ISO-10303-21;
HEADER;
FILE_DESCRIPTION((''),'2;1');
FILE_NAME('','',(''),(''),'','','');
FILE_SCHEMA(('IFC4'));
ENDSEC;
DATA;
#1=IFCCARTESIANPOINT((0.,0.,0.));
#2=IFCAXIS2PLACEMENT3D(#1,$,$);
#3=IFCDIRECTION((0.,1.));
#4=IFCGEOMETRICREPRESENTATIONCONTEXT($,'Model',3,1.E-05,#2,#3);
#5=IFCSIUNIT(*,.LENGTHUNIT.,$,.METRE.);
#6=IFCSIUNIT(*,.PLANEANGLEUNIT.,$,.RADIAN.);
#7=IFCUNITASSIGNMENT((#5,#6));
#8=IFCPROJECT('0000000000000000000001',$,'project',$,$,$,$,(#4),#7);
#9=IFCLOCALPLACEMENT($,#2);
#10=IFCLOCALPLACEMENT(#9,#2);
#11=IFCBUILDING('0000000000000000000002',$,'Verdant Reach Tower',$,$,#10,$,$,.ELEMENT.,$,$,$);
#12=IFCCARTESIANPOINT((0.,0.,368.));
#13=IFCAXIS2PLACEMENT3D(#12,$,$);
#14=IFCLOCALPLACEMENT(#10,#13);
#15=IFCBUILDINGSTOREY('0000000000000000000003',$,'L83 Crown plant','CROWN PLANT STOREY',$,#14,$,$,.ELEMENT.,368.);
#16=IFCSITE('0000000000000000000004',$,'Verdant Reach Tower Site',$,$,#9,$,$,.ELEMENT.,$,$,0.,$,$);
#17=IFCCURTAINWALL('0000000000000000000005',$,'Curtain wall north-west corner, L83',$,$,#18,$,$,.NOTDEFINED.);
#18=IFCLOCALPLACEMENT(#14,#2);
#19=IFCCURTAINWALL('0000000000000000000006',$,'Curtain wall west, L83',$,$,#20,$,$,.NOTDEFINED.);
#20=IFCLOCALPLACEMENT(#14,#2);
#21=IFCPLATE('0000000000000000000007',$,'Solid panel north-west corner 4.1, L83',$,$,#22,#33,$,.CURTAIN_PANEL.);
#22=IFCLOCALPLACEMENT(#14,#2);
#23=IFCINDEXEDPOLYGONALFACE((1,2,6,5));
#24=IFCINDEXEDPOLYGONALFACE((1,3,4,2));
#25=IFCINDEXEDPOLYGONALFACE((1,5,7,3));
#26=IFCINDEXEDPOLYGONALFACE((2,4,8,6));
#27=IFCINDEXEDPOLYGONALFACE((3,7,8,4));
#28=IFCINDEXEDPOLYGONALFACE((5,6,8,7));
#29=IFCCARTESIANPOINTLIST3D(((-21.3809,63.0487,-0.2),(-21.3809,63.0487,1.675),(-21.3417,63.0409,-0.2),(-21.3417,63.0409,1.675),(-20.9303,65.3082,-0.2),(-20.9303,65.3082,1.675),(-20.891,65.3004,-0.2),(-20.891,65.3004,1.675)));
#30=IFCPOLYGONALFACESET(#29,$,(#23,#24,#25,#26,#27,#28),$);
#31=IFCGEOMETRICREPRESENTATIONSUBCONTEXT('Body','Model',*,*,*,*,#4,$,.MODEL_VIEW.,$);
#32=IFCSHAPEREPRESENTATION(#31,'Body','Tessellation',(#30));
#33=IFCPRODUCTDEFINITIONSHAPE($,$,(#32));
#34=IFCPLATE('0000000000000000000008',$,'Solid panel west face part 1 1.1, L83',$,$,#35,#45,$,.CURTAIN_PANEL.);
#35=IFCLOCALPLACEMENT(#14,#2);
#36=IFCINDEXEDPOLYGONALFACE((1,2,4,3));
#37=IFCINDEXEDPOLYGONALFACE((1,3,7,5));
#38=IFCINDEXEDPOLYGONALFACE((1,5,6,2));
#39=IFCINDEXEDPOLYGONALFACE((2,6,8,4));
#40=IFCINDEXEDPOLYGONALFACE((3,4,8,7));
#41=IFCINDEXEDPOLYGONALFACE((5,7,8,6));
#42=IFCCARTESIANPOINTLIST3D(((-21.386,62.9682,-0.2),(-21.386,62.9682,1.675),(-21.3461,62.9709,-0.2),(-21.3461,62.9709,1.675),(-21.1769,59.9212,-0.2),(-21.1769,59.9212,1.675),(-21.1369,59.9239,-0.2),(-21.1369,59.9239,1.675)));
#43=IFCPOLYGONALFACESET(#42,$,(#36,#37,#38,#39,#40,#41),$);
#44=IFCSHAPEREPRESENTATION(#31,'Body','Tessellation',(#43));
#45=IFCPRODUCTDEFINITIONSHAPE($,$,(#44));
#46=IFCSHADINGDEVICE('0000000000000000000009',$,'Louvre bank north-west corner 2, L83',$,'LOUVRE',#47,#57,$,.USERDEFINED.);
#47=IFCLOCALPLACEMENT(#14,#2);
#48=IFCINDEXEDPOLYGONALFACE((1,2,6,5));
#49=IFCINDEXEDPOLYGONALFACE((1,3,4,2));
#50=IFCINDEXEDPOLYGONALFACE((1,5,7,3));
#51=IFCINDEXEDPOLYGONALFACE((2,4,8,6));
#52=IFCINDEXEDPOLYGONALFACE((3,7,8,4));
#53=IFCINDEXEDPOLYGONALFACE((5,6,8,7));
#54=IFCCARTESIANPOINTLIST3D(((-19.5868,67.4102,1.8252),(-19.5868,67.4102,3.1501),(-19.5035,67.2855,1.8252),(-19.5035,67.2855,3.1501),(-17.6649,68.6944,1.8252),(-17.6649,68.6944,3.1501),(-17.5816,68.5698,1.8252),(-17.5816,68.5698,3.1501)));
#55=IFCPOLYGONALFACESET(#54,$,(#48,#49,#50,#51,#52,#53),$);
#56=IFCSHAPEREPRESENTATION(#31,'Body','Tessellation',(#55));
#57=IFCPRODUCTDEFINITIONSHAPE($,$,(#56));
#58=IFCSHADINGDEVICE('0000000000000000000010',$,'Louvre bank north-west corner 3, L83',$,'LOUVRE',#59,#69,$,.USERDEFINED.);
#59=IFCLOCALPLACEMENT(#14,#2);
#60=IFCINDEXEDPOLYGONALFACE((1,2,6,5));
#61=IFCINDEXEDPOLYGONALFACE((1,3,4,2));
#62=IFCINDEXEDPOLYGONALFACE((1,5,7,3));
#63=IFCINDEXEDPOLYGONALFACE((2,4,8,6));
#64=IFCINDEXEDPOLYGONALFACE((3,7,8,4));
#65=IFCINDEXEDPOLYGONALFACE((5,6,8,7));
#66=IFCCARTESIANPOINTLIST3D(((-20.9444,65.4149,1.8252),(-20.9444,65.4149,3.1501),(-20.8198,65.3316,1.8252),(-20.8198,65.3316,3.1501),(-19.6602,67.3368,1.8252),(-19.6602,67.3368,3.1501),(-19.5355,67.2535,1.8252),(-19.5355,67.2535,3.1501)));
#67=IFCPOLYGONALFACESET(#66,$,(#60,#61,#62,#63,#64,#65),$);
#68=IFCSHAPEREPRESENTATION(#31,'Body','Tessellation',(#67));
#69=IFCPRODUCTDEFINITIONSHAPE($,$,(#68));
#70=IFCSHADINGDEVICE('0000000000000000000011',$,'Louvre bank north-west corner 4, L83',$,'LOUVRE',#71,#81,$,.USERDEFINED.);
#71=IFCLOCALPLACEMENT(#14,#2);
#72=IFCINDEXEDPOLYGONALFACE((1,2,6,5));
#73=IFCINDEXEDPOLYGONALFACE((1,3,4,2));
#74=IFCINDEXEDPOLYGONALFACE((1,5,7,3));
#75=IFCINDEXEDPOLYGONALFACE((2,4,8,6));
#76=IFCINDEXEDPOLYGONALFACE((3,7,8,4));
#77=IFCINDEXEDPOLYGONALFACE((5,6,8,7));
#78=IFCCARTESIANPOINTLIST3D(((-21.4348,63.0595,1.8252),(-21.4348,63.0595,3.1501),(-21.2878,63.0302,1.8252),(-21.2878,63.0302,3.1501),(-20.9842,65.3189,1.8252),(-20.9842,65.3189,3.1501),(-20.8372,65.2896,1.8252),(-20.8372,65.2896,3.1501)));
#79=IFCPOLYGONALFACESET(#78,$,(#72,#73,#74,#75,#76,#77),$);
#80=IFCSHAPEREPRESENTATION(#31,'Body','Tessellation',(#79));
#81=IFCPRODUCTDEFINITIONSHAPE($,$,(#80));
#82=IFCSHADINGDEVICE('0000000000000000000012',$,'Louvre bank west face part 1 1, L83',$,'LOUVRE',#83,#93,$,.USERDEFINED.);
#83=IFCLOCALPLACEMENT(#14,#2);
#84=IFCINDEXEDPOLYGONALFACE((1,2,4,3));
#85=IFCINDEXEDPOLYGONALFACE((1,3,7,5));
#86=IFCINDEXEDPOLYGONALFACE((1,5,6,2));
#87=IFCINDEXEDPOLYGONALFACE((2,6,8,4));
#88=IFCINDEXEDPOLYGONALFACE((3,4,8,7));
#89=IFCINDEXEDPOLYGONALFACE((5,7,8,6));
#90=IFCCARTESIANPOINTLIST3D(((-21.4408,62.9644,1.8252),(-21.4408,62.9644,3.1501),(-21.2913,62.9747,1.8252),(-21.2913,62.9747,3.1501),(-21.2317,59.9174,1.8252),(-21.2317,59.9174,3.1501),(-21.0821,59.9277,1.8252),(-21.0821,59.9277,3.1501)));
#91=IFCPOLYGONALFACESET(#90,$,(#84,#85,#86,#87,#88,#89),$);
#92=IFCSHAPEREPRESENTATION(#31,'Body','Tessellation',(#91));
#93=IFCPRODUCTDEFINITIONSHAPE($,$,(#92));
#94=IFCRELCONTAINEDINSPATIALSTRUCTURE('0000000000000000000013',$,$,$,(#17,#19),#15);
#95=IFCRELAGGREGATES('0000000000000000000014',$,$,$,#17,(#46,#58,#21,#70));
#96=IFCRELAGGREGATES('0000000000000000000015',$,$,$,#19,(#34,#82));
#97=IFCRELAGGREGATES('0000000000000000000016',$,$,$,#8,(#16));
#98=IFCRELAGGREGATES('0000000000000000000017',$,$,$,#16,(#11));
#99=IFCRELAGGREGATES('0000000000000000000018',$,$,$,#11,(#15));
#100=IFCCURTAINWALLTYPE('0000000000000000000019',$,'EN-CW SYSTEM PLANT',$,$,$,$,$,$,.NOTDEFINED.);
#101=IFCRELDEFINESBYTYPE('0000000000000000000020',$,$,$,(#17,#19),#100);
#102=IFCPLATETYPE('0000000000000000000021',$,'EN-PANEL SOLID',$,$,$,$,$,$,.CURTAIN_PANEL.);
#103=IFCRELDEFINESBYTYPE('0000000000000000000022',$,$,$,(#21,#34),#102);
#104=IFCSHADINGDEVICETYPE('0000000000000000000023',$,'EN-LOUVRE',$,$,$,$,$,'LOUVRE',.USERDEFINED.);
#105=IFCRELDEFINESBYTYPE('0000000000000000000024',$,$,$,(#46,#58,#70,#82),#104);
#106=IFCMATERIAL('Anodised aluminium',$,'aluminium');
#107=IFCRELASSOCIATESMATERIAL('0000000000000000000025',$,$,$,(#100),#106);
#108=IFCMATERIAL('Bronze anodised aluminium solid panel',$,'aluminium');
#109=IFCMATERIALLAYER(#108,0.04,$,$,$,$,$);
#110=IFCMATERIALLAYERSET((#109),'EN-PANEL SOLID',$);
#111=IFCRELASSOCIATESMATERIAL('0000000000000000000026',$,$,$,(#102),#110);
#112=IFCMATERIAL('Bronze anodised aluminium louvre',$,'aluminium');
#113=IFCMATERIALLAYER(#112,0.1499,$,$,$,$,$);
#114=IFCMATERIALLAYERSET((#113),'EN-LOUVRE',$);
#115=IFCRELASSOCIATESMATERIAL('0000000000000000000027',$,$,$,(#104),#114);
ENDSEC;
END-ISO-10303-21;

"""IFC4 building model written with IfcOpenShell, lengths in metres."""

from ifc_helpers import new_model, si_unit, direction, frame, origin, origin_2d, place, context, subcontext, project, spatial, rectangle, extrude, material, layer, layer_set, type_object, element, aggregate, save


model = new_model("IFC4")

# Units and contexts
model_context = context("Model", 3, precision=1e-05, world=origin(), true_north=direction((0.0, 1.0)))
body_context = subcontext(model_context, "Body", "Model", "MODEL_VIEW")
ifc_project = project(units=[si_unit("LENGTHUNIT", "METRE"), si_unit("PLANEANGLEUNIT", "RADIAN")], contexts=[model_context])

# Site, building, storey
site_placement = place(None, origin())
site = spatial("IfcSite", under=ifc_project, at=site_placement, Name="Verdant Reach Tower Site", CompositionType="ELEMENT", RefElevation=0.0)
building_placement = place(site_placement, origin())
building = spatial("IfcBuilding", under=site, at=building_placement, Name="Verdant Reach Tower", CompositionType="ELEMENT")
storey_placement = place(building_placement, frame((0.0, 0.0, 368.0)))
storey = spatial("IfcBuildingStorey", under=building, at=storey_placement, Name="L83 Crown plant", Description="CROWN PLANT STOREY", CompositionType="ELEMENT", Elevation=368.0)

# Curtain walls
ifc_material_1 = material(Name="Anodised aluminium", Category="aluminium")
curtain_wall_type = type_object("IfcCurtainWallType", Name="EN-CW SYSTEM PLANT", PredefinedType="NOTDEFINED", material=ifc_material_1)
curtain_wall_1_placement = place(storey_placement, origin())
curtain_wall_1 = element("IfcCurtainWall", 1, at=curtain_wall_1_placement, inside=storey, type_object=curtain_wall_type, Name="Curtain wall north-west corner, L83", PredefinedType="NOTDEFINED")
curtain_wall_2_placement = place(storey_placement, origin())
curtain_wall_2 = element("IfcCurtainWall", 2, at=curtain_wall_2_placement, inside=storey, type_object=curtain_wall_type, Name="Curtain wall west, L83", PredefinedType="NOTDEFINED")

# Plates
ifc_material_2 = material(Name="Bronze anodised aluminium solid panel", Category="aluminium")
ifc_layer_1 = layer(ifc_material_2, 0.04)
ifc_layer_set_1 = layer_set([ifc_layer_1], Name="EN-PANEL SOLID")
plate_type = type_object("IfcPlateType", Name="EN-PANEL SOLID", PredefinedType="CURTAIN_PANEL", material=ifc_layer_set_1)
plate_1_placement = place(storey_placement, frame((-21.136, 64.1746, -0.2), z_axis=(0.0, 0.0, 1.0), x_axis=(-0.195593, -0.980685, 0.0)))
plate_1 = element("IfcPlate", 3, at=plate_1_placement, type_object=plate_type, Name="Solid panel north-west corner 4.1, L83", PredefinedType="CURTAIN_PANEL", context=body_context, shape_type="SweptSolid", body=[
    extrude(rectangle(XDim=2.304, YDim=0.04, at=origin_2d()), origin(), (0.0, 0.0, 1.0), 1.875),
])
plate_2_placement = place(storey_placement, frame((-21.2615, 61.446, -0.2), z_axis=(0.0, 0.0, 1.0), x_axis=(0.068469, -0.997653, 0.0)))
plate_2 = element("IfcPlate", 4, at=plate_2_placement, type_object=plate_type, Name="Solid panel west face part 1 1.1, L83", PredefinedType="CURTAIN_PANEL", context=body_context, shape_type="SweptSolid", body=[
    extrude(rectangle(XDim=3.0542, YDim=0.04, at=origin_2d()), origin(), (0.0, 0.0, 1.0), 1.875),
])

# Shading devices
ifc_material_3 = material(Name="Bronze anodised aluminium louvre", Category="aluminium")
ifc_layer_2 = layer(ifc_material_3, 0.1499)
ifc_layer_set_2 = layer_set([ifc_layer_2], Name="EN-LOUVRE")
shading_device_type = type_object("IfcShadingDeviceType", Name="EN-LOUVRE", ElementType="LOUVRE", PredefinedType="USERDEFINED", material=ifc_layer_set_2)
shading_device_1_placement = place(storey_placement, frame((-18.5842, 67.99, 1.8252), z_axis=(0.0, 0.0, 1.0), x_axis=(-0.831452, -0.555596, 0.0)))
shading_device_1 = element("IfcShadingDevice", 5, at=shading_device_1_placement, type_object=shading_device_type, Name="Louvre bank north-west corner 2, L83", ObjectType="LOUVRE", PredefinedType="USERDEFINED", context=body_context, shape_type="SweptSolid", body=[
    extrude(rectangle(XDim=2.3115, YDim=0.1499, at=origin_2d()), origin(), (0.0, 0.0, 1.0), 1.325),
])
shading_device_2_placement = place(storey_placement, frame((-20.24, 66.3342, 1.8252), z_axis=(0.0, 0.0, 1.0), x_axis=(-0.555596, -0.831452, 0.0)))
shading_device_2 = element("IfcShadingDevice", 6, at=shading_device_2_placement, type_object=shading_device_type, Name="Louvre bank north-west corner 3, L83", ObjectType="LOUVRE", PredefinedType="USERDEFINED", context=body_context, shape_type="SweptSolid", body=[
    extrude(rectangle(XDim=2.3115, YDim=0.1499, at=origin_2d()), origin(), (0.0, 0.0, 1.0), 1.325),
])
shading_device_3_placement = place(storey_placement, frame((-21.136, 64.1746, 1.8252), z_axis=(0.0, 0.0, 1.0), x_axis=(-0.195593, -0.980685, 0.0)))
shading_device_3 = element("IfcShadingDevice", 7, at=shading_device_3_placement, type_object=shading_device_type, Name="Louvre bank north-west corner 4, L83", ObjectType="LOUVRE", PredefinedType="USERDEFINED", context=body_context, shape_type="SweptSolid", body=[
    extrude(rectangle(XDim=2.304, YDim=0.1499, at=origin_2d()), origin(), (0.0, 0.0, 1.0), 1.325),
])
aggregate(curtain_wall_1, [shading_device_1, shading_device_2, plate_1, shading_device_3])
shading_device_4_placement = place(storey_placement, frame((-21.2615, 61.446, 1.8252), z_axis=(0.0, 0.0, 1.0), x_axis=(0.068469, -0.997653, 0.0)))
shading_device_4 = element("IfcShadingDevice", 8, at=shading_device_4_placement, type_object=shading_device_type, Name="Louvre bank west face part 1 1, L83", ObjectType="LOUVRE", PredefinedType="USERDEFINED", context=body_context, shape_type="SweptSolid", body=[
    extrude(rectangle(XDim=3.0542, YDim=0.1499, at=origin_2d()), origin(), (0.0, 0.0, 1.0), 1.325),
])
aggregate(curtain_wall_2, [plate_2, shading_device_4])

save(model, "model.ifc")
